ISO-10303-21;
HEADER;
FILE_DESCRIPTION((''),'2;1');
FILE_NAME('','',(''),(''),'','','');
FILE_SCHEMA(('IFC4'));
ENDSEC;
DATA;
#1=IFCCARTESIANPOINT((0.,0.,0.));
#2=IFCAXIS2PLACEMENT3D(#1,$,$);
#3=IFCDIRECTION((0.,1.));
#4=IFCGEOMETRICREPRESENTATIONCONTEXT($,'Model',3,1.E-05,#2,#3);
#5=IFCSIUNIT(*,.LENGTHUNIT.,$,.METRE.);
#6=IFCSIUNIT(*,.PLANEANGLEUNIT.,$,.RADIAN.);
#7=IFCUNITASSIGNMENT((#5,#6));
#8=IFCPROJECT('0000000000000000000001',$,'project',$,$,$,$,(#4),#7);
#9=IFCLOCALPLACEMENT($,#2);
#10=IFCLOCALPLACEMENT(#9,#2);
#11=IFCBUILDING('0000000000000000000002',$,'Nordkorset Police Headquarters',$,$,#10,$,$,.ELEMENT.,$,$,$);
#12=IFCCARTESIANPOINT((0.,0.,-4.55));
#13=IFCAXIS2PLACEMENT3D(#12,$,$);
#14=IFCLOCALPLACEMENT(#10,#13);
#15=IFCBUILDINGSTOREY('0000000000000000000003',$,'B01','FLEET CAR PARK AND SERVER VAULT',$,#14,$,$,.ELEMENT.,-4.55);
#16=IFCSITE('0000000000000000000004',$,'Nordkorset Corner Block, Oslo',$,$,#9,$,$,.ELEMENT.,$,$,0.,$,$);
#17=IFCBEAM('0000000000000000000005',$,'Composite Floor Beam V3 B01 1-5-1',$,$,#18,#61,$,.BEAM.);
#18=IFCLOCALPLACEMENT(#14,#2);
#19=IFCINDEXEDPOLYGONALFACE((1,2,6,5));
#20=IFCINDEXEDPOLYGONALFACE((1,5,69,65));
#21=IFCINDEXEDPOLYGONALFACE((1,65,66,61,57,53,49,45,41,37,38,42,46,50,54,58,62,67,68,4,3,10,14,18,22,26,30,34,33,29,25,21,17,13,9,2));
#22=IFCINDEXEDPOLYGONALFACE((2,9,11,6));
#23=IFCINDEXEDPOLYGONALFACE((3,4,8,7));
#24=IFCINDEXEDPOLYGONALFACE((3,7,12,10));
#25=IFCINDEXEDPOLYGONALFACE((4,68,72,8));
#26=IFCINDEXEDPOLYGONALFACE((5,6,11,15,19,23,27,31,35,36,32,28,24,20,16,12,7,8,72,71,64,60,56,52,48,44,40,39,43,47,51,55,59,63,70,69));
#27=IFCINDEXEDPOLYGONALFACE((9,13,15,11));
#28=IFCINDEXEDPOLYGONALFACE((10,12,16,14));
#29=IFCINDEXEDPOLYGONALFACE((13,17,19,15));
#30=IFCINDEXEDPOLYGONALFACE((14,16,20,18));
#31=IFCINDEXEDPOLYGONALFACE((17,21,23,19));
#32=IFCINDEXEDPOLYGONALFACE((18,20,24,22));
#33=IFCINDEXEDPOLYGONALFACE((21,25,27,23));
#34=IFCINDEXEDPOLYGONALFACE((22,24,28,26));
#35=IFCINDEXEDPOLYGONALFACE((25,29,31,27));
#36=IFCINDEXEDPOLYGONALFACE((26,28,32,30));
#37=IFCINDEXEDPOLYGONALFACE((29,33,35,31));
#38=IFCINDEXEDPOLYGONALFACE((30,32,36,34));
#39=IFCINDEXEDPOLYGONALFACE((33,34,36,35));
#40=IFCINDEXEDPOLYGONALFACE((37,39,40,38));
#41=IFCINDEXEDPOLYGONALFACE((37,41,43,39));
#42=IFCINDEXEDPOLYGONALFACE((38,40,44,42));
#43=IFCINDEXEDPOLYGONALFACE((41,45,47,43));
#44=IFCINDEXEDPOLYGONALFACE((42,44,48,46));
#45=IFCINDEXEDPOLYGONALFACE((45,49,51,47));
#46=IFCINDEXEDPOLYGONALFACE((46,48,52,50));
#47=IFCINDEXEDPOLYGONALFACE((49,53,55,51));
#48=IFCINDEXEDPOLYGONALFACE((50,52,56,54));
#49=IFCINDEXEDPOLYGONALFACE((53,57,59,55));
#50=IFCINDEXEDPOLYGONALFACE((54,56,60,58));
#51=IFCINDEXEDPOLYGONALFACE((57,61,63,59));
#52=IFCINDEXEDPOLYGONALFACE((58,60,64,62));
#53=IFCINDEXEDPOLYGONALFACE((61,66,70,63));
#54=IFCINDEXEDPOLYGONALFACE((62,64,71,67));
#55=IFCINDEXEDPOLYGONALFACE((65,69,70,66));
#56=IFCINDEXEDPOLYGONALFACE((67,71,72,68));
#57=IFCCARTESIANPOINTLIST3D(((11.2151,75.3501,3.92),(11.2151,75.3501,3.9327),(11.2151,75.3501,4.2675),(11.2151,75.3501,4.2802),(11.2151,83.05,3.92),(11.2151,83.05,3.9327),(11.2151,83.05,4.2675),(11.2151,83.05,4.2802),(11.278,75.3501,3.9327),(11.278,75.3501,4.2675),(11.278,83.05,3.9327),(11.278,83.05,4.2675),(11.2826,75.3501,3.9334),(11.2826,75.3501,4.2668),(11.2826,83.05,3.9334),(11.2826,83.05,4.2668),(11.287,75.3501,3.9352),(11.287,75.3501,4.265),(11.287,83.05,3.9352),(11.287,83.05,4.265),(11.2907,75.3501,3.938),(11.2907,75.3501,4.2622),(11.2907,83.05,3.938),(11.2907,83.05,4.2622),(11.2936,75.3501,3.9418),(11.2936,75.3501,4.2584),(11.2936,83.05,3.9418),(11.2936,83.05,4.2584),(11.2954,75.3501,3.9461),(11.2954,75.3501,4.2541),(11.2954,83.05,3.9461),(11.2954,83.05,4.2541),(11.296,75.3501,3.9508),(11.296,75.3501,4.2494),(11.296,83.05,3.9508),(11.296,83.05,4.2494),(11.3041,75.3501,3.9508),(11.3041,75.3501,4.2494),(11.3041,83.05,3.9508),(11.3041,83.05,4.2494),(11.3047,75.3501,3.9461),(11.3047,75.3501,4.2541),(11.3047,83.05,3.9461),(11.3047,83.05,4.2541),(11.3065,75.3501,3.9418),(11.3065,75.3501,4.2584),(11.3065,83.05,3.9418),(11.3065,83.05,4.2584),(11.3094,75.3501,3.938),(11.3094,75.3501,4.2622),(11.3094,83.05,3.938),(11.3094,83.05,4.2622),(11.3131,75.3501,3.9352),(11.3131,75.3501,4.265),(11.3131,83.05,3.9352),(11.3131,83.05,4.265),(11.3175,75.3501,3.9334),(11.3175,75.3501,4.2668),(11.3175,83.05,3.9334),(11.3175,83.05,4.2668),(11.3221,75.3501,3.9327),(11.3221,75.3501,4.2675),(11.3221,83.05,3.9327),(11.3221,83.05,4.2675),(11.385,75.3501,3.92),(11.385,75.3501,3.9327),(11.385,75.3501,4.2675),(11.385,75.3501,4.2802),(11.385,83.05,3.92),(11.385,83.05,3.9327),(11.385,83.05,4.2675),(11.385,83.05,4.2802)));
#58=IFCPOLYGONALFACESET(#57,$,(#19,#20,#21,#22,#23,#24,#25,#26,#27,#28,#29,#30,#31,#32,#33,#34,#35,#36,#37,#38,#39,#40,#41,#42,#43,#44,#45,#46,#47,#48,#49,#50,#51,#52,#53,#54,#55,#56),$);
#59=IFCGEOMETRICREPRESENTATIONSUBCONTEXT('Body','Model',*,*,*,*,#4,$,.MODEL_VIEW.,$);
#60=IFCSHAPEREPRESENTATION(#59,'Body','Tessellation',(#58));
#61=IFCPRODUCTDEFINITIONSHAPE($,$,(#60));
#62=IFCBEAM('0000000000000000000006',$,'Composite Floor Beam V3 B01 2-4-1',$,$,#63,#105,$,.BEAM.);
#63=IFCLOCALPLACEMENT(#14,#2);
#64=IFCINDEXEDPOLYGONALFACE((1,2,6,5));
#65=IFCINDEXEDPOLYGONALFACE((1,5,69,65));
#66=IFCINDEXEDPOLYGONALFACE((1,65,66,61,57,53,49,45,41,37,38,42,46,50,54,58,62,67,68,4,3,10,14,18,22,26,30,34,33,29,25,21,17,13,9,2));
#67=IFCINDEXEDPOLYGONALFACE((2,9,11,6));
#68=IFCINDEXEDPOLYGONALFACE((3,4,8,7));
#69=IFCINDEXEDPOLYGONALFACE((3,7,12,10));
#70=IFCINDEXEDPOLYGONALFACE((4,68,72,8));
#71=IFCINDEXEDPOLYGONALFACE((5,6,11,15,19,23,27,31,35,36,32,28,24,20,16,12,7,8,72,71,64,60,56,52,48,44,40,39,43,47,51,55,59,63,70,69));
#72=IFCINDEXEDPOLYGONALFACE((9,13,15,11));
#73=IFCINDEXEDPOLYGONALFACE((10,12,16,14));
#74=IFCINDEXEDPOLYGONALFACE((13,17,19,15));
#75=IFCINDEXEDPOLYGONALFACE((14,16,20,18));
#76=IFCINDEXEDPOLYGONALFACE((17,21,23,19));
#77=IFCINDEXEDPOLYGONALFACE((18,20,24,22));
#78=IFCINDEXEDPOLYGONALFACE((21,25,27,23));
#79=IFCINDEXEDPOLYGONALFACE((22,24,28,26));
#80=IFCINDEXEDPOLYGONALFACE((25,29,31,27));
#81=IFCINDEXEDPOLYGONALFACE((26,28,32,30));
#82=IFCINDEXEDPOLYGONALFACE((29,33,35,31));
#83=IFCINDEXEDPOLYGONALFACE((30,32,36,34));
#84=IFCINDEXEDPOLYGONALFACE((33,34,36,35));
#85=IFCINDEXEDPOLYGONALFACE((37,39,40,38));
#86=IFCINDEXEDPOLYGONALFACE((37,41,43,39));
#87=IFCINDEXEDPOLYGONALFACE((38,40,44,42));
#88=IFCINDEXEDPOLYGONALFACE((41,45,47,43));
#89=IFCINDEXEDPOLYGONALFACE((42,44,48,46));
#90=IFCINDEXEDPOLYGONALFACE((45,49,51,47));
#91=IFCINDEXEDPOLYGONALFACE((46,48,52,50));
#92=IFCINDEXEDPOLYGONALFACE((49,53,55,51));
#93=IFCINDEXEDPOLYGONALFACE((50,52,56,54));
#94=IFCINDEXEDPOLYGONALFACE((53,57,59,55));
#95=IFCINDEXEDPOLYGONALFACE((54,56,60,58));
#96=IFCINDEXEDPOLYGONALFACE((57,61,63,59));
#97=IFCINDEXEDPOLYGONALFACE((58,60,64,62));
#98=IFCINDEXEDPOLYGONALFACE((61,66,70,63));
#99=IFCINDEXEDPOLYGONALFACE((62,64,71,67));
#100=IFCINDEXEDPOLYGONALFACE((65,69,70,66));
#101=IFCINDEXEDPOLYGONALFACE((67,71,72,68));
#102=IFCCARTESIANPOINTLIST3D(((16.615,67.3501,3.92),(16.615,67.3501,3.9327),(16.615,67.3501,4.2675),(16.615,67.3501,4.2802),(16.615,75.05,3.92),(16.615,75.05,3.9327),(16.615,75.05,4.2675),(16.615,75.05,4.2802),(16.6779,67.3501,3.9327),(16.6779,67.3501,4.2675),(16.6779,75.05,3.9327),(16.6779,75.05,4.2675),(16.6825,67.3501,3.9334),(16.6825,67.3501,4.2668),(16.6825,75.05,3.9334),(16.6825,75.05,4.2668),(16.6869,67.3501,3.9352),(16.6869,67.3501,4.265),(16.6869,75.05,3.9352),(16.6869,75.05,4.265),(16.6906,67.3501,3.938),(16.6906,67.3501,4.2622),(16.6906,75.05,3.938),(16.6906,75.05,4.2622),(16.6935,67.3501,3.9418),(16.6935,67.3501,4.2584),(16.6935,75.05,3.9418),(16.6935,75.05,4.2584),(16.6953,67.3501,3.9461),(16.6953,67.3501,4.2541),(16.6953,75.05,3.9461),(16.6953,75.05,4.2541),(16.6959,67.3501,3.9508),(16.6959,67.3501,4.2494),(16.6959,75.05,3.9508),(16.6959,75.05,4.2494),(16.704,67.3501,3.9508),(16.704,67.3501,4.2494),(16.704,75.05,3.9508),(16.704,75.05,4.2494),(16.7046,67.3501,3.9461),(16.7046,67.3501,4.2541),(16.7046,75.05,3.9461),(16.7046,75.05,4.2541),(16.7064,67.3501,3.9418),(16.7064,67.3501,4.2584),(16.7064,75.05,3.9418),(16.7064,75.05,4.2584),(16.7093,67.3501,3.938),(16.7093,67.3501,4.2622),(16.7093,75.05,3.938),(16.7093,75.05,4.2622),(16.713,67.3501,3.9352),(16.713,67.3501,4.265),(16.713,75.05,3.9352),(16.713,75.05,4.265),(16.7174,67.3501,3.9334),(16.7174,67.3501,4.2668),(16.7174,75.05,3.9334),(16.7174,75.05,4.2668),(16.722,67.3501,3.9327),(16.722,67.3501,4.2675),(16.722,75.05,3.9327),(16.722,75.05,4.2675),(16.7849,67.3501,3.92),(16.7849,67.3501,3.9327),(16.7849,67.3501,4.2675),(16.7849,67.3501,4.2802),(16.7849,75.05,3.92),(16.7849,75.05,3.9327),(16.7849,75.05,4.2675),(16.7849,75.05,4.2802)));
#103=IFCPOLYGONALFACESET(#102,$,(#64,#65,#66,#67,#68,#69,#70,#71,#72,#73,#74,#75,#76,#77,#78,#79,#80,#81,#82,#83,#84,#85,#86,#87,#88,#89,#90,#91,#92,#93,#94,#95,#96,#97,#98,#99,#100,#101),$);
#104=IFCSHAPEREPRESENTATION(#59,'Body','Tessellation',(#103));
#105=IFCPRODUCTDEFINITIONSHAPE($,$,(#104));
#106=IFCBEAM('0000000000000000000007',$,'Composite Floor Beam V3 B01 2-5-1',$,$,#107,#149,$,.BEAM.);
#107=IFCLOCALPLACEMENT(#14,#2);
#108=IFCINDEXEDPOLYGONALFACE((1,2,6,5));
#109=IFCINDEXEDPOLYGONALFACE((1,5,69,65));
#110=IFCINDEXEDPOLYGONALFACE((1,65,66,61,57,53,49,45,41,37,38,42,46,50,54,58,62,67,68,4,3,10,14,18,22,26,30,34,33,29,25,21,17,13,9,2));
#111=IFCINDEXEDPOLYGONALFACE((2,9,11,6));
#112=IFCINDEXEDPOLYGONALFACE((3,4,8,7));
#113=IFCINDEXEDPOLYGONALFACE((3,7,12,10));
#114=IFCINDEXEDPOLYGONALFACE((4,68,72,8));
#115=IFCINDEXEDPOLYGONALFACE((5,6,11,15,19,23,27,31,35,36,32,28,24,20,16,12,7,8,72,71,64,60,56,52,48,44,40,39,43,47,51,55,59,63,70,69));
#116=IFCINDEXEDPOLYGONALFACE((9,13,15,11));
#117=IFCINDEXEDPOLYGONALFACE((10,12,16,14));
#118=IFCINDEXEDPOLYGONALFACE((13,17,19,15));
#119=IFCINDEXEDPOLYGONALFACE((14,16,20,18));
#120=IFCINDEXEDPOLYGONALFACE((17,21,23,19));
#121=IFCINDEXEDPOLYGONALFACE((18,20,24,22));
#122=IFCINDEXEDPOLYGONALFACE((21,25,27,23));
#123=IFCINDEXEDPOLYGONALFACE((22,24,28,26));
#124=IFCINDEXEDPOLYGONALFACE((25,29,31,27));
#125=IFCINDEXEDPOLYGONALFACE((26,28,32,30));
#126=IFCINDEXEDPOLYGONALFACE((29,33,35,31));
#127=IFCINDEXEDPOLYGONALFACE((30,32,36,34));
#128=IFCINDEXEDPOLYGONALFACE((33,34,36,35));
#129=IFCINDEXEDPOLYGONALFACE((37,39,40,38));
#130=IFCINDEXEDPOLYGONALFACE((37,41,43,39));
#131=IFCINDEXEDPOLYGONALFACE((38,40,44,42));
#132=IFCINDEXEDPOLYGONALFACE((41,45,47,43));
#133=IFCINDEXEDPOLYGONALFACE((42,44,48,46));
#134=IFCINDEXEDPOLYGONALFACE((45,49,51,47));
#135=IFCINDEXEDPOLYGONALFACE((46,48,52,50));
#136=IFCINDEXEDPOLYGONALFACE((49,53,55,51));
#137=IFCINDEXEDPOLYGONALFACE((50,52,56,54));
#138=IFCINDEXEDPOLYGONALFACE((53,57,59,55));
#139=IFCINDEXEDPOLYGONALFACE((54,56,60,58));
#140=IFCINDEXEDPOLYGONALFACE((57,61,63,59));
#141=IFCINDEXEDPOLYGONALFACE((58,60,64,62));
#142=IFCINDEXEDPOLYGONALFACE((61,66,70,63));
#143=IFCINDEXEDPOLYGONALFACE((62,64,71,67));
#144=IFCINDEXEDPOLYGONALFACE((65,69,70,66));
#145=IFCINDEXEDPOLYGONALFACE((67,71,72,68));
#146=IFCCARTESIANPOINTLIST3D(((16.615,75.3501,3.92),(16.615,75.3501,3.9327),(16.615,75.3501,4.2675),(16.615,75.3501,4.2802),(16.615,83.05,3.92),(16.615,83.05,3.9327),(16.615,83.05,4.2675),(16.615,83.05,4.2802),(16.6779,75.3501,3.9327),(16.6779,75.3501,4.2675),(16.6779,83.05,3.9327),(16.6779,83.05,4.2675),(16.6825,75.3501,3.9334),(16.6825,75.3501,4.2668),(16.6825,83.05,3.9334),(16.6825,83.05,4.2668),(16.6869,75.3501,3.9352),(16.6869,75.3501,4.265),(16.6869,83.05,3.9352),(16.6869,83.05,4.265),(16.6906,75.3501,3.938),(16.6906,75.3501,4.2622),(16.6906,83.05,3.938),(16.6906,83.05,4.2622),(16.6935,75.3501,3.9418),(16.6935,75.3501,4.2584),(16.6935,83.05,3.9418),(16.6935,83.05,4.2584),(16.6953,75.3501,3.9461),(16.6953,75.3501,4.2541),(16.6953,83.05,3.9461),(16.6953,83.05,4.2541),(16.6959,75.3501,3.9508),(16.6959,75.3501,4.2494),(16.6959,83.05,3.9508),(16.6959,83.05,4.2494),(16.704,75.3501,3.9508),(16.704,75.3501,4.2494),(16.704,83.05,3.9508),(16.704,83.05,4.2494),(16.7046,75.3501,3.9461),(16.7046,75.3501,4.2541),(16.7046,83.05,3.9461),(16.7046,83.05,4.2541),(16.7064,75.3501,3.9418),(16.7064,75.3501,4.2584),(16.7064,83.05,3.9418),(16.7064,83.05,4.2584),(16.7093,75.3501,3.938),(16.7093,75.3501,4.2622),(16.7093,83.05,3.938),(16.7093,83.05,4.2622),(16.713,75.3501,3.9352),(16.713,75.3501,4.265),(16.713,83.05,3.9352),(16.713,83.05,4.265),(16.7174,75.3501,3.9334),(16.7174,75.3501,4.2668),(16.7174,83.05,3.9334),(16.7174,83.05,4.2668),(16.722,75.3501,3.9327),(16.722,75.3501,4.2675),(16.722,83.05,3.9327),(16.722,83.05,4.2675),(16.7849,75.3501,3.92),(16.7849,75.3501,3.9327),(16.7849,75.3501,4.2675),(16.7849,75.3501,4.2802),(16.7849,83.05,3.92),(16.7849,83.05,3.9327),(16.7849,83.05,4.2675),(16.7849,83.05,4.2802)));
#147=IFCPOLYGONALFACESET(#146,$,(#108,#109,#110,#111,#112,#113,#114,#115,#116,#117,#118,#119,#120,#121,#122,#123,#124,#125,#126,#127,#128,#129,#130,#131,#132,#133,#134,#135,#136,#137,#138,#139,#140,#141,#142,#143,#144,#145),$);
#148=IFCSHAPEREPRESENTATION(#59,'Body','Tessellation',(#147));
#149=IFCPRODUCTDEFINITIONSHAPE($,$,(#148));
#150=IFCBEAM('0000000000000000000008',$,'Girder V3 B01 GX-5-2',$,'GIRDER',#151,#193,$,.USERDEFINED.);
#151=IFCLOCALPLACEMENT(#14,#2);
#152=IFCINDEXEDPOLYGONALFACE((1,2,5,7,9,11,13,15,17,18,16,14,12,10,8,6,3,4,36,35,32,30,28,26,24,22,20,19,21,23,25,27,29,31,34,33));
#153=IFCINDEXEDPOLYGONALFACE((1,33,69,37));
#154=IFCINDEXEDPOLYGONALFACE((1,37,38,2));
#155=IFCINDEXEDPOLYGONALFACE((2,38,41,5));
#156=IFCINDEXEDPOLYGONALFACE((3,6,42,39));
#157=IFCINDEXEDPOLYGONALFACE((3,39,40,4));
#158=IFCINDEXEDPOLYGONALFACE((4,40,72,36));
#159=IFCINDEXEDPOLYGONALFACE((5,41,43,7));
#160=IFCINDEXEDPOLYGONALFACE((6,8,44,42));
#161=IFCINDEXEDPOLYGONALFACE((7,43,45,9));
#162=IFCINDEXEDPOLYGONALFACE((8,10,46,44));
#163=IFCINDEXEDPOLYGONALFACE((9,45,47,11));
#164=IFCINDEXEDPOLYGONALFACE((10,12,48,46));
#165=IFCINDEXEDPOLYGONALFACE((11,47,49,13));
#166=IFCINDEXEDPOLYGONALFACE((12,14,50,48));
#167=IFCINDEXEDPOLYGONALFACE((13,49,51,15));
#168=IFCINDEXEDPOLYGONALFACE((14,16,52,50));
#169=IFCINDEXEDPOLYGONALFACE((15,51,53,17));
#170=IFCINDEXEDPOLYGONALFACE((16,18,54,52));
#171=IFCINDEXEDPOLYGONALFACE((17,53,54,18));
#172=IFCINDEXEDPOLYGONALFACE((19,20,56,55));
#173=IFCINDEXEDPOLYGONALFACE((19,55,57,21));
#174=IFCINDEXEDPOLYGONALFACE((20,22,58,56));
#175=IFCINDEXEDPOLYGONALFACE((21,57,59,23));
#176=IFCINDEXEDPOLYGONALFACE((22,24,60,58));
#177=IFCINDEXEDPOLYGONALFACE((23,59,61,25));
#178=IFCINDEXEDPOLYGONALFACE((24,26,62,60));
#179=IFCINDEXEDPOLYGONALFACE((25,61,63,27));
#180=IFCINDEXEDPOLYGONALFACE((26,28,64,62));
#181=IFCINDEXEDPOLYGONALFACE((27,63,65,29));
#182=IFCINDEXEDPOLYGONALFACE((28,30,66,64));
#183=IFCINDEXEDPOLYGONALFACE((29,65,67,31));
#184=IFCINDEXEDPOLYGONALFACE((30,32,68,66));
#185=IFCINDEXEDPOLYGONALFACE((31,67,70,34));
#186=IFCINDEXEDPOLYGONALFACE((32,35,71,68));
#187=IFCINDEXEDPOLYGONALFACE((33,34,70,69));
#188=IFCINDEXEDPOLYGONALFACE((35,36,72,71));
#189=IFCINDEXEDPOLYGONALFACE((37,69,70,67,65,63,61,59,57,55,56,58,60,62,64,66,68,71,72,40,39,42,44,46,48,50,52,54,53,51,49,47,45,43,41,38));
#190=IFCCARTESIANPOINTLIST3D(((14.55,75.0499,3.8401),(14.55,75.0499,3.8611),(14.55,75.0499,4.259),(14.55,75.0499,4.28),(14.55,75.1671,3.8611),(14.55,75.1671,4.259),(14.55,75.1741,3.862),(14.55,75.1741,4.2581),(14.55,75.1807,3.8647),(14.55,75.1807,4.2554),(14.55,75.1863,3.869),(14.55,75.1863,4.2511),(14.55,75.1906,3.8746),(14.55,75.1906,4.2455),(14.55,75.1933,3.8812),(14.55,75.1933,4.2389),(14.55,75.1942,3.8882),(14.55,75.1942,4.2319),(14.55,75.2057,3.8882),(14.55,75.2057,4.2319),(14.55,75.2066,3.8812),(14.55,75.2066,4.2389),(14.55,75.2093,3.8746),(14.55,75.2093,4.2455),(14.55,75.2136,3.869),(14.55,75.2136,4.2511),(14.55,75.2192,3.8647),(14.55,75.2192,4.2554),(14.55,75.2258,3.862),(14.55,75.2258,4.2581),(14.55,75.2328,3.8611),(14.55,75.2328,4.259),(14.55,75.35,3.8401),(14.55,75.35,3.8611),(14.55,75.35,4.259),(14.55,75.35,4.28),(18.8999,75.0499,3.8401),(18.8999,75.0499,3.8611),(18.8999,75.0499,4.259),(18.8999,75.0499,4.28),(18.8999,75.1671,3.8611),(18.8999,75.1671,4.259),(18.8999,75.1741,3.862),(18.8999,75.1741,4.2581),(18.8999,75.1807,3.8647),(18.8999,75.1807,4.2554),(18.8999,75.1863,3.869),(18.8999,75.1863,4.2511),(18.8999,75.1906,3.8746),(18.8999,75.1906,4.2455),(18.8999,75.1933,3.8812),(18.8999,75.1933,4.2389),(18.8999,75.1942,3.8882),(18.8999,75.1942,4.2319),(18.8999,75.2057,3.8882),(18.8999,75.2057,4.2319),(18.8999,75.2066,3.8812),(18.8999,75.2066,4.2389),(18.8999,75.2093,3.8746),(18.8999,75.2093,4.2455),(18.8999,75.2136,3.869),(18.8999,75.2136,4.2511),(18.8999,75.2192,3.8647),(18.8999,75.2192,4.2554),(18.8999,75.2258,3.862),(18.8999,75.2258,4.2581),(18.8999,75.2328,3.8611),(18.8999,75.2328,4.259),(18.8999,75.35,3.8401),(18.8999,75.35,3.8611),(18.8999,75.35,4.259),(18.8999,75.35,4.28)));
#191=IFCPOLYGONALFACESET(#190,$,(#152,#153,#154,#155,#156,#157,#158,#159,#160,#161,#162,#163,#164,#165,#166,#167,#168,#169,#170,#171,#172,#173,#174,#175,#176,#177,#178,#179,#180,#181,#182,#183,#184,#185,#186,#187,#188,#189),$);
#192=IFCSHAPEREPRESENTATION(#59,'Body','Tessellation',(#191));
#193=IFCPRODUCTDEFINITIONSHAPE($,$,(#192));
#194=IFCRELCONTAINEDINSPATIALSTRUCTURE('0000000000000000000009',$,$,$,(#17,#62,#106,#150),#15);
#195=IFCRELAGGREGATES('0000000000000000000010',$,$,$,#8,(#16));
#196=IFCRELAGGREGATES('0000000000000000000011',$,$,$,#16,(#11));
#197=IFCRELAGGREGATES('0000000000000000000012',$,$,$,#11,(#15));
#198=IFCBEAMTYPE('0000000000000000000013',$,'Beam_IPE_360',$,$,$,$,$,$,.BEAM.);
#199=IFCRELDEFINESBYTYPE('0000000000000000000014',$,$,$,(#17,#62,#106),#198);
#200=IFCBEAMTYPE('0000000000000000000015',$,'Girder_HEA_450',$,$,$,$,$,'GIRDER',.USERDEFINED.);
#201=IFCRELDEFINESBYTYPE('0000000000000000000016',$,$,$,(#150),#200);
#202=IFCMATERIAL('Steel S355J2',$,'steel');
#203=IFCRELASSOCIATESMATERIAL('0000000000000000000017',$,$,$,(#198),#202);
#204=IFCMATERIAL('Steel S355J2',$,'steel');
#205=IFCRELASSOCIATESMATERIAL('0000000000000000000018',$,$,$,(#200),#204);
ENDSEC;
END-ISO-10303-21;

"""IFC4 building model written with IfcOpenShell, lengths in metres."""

from ifc_helpers import new_model, si_unit, direction, frame, origin, origin_2d, place, context, subcontext, project, spatial, i_section, extrude, material, material_profile, profile_set, type_object, element, save


model = new_model("IFC4")

# Units and contexts
model_context = context("Model", 3, precision=1e-05, world=origin(), true_north=direction((0.0, 1.0)))
body_context = subcontext(model_context, "Body", "Model", "MODEL_VIEW")
ifc_project = project(units=[si_unit("LENGTHUNIT", "METRE"), si_unit("PLANEANGLEUNIT", "RADIAN")], contexts=[model_context])

# Site, building, storey
site_placement = place(None, origin())
site = spatial("IfcSite", under=ifc_project, at=site_placement, Name="Nordkorset Corner Block, Oslo", CompositionType="ELEMENT", RefElevation=0.0)
building_placement = place(site_placement, origin())
building = spatial("IfcBuilding", under=site, at=building_placement, Name="Nordkorset Police Headquarters", CompositionType="ELEMENT")
storey_placement = place(building_placement, frame((0.0, 0.0, -4.55)))
storey = spatial("IfcBuildingStorey", under=building, at=storey_placement, Name="B01", Description="FLEET CAR PARK AND SERVER VAULT", CompositionType="ELEMENT", Elevation=-4.55)

# Beams
ifc_material_1 = material(Name="Steel S355J2", Category="steel")
ifc_material_profile_1 = material_profile(ifc_material_1, i_section(OverallWidth=0.1699, OverallDepth=0.3601, WebThickness=0.0081, FlangeThickness=0.0127, FilletRadius=0.0181, at=origin_2d()), Name="IPE 360")
ifc_profile_set_1 = profile_set([ifc_material_profile_1], Name="Steel S355J2")
beam_type_1 = type_object("IfcBeamType", Name="Beam_IPE_360", PredefinedType="BEAM", material=ifc_profile_set_1)
for number, where, z_axis, x_axis, name in (
    (1, (11.3, 75.3501, 4.1001), (0.0, 1.0, 0.0), (-1.0, 0.0, 0.0), "Composite Floor Beam V3 B01 1-5-1"),
    (2, (16.7, 67.3501, 4.1001), (0.0, 1.0, 0.0), (-1.0, 0.0, 0.0), "Composite Floor Beam V3 B01 2-4-1"),
    (3, (16.7, 75.3501, 4.1001), (0.0, 1.0, 0.0), (-1.0, 0.0, 0.0), "Composite Floor Beam V3 B01 2-5-1"),
):
    element("IfcBeam", number, at=place(storey_placement, frame(where, z_axis=z_axis, x_axis=x_axis)), inside=storey, type_object=beam_type_1, Name=name, PredefinedType="BEAM", context=body_context, shape_type="SweptSolid", body=[
        extrude(i_section(OverallWidth=0.1699, OverallDepth=0.3601, WebThickness=0.0081, FlangeThickness=0.0127, FilletRadius=0.0181, at=origin_2d()), origin(), (0.0, 0.0, 1.0), 7.7),
    ])
ifc_material_2 = material(Name="Steel S355J2", Category="steel")
ifc_material_profile_2 = material_profile(ifc_material_2, i_section(OverallWidth=0.3, OverallDepth=0.4399, WebThickness=0.0115, FlangeThickness=0.021, FilletRadius=0.0271, at=origin_2d()), Name="HEA 450")
ifc_profile_set_2 = profile_set([ifc_material_profile_2], Name="Steel S355J2")
beam_type_2 = type_object("IfcBeamType", Name="Girder_HEA_450", ElementType="GIRDER", PredefinedType="USERDEFINED", material=ifc_profile_set_2)
beam_1_placement = place(storey_placement, frame((14.55, 75.2, 4.0601), z_axis=(1.0, 0.0, 0.0), x_axis=(0.0, 1.0, 0.0)))
element("IfcBeam", 4, at=beam_1_placement, inside=storey, type_object=beam_type_2, Name="Girder V3 B01 GX-5-2", ObjectType="GIRDER", PredefinedType="USERDEFINED", context=body_context, shape_type="SweptSolid", body=[
    extrude(i_section(OverallWidth=0.3, OverallDepth=0.4399, WebThickness=0.0115, FlangeThickness=0.021, FilletRadius=0.0271, at=origin_2d()), origin(), (0.0, 0.0, 1.0), 4.3499),
])

save(model, "model.ifc")
